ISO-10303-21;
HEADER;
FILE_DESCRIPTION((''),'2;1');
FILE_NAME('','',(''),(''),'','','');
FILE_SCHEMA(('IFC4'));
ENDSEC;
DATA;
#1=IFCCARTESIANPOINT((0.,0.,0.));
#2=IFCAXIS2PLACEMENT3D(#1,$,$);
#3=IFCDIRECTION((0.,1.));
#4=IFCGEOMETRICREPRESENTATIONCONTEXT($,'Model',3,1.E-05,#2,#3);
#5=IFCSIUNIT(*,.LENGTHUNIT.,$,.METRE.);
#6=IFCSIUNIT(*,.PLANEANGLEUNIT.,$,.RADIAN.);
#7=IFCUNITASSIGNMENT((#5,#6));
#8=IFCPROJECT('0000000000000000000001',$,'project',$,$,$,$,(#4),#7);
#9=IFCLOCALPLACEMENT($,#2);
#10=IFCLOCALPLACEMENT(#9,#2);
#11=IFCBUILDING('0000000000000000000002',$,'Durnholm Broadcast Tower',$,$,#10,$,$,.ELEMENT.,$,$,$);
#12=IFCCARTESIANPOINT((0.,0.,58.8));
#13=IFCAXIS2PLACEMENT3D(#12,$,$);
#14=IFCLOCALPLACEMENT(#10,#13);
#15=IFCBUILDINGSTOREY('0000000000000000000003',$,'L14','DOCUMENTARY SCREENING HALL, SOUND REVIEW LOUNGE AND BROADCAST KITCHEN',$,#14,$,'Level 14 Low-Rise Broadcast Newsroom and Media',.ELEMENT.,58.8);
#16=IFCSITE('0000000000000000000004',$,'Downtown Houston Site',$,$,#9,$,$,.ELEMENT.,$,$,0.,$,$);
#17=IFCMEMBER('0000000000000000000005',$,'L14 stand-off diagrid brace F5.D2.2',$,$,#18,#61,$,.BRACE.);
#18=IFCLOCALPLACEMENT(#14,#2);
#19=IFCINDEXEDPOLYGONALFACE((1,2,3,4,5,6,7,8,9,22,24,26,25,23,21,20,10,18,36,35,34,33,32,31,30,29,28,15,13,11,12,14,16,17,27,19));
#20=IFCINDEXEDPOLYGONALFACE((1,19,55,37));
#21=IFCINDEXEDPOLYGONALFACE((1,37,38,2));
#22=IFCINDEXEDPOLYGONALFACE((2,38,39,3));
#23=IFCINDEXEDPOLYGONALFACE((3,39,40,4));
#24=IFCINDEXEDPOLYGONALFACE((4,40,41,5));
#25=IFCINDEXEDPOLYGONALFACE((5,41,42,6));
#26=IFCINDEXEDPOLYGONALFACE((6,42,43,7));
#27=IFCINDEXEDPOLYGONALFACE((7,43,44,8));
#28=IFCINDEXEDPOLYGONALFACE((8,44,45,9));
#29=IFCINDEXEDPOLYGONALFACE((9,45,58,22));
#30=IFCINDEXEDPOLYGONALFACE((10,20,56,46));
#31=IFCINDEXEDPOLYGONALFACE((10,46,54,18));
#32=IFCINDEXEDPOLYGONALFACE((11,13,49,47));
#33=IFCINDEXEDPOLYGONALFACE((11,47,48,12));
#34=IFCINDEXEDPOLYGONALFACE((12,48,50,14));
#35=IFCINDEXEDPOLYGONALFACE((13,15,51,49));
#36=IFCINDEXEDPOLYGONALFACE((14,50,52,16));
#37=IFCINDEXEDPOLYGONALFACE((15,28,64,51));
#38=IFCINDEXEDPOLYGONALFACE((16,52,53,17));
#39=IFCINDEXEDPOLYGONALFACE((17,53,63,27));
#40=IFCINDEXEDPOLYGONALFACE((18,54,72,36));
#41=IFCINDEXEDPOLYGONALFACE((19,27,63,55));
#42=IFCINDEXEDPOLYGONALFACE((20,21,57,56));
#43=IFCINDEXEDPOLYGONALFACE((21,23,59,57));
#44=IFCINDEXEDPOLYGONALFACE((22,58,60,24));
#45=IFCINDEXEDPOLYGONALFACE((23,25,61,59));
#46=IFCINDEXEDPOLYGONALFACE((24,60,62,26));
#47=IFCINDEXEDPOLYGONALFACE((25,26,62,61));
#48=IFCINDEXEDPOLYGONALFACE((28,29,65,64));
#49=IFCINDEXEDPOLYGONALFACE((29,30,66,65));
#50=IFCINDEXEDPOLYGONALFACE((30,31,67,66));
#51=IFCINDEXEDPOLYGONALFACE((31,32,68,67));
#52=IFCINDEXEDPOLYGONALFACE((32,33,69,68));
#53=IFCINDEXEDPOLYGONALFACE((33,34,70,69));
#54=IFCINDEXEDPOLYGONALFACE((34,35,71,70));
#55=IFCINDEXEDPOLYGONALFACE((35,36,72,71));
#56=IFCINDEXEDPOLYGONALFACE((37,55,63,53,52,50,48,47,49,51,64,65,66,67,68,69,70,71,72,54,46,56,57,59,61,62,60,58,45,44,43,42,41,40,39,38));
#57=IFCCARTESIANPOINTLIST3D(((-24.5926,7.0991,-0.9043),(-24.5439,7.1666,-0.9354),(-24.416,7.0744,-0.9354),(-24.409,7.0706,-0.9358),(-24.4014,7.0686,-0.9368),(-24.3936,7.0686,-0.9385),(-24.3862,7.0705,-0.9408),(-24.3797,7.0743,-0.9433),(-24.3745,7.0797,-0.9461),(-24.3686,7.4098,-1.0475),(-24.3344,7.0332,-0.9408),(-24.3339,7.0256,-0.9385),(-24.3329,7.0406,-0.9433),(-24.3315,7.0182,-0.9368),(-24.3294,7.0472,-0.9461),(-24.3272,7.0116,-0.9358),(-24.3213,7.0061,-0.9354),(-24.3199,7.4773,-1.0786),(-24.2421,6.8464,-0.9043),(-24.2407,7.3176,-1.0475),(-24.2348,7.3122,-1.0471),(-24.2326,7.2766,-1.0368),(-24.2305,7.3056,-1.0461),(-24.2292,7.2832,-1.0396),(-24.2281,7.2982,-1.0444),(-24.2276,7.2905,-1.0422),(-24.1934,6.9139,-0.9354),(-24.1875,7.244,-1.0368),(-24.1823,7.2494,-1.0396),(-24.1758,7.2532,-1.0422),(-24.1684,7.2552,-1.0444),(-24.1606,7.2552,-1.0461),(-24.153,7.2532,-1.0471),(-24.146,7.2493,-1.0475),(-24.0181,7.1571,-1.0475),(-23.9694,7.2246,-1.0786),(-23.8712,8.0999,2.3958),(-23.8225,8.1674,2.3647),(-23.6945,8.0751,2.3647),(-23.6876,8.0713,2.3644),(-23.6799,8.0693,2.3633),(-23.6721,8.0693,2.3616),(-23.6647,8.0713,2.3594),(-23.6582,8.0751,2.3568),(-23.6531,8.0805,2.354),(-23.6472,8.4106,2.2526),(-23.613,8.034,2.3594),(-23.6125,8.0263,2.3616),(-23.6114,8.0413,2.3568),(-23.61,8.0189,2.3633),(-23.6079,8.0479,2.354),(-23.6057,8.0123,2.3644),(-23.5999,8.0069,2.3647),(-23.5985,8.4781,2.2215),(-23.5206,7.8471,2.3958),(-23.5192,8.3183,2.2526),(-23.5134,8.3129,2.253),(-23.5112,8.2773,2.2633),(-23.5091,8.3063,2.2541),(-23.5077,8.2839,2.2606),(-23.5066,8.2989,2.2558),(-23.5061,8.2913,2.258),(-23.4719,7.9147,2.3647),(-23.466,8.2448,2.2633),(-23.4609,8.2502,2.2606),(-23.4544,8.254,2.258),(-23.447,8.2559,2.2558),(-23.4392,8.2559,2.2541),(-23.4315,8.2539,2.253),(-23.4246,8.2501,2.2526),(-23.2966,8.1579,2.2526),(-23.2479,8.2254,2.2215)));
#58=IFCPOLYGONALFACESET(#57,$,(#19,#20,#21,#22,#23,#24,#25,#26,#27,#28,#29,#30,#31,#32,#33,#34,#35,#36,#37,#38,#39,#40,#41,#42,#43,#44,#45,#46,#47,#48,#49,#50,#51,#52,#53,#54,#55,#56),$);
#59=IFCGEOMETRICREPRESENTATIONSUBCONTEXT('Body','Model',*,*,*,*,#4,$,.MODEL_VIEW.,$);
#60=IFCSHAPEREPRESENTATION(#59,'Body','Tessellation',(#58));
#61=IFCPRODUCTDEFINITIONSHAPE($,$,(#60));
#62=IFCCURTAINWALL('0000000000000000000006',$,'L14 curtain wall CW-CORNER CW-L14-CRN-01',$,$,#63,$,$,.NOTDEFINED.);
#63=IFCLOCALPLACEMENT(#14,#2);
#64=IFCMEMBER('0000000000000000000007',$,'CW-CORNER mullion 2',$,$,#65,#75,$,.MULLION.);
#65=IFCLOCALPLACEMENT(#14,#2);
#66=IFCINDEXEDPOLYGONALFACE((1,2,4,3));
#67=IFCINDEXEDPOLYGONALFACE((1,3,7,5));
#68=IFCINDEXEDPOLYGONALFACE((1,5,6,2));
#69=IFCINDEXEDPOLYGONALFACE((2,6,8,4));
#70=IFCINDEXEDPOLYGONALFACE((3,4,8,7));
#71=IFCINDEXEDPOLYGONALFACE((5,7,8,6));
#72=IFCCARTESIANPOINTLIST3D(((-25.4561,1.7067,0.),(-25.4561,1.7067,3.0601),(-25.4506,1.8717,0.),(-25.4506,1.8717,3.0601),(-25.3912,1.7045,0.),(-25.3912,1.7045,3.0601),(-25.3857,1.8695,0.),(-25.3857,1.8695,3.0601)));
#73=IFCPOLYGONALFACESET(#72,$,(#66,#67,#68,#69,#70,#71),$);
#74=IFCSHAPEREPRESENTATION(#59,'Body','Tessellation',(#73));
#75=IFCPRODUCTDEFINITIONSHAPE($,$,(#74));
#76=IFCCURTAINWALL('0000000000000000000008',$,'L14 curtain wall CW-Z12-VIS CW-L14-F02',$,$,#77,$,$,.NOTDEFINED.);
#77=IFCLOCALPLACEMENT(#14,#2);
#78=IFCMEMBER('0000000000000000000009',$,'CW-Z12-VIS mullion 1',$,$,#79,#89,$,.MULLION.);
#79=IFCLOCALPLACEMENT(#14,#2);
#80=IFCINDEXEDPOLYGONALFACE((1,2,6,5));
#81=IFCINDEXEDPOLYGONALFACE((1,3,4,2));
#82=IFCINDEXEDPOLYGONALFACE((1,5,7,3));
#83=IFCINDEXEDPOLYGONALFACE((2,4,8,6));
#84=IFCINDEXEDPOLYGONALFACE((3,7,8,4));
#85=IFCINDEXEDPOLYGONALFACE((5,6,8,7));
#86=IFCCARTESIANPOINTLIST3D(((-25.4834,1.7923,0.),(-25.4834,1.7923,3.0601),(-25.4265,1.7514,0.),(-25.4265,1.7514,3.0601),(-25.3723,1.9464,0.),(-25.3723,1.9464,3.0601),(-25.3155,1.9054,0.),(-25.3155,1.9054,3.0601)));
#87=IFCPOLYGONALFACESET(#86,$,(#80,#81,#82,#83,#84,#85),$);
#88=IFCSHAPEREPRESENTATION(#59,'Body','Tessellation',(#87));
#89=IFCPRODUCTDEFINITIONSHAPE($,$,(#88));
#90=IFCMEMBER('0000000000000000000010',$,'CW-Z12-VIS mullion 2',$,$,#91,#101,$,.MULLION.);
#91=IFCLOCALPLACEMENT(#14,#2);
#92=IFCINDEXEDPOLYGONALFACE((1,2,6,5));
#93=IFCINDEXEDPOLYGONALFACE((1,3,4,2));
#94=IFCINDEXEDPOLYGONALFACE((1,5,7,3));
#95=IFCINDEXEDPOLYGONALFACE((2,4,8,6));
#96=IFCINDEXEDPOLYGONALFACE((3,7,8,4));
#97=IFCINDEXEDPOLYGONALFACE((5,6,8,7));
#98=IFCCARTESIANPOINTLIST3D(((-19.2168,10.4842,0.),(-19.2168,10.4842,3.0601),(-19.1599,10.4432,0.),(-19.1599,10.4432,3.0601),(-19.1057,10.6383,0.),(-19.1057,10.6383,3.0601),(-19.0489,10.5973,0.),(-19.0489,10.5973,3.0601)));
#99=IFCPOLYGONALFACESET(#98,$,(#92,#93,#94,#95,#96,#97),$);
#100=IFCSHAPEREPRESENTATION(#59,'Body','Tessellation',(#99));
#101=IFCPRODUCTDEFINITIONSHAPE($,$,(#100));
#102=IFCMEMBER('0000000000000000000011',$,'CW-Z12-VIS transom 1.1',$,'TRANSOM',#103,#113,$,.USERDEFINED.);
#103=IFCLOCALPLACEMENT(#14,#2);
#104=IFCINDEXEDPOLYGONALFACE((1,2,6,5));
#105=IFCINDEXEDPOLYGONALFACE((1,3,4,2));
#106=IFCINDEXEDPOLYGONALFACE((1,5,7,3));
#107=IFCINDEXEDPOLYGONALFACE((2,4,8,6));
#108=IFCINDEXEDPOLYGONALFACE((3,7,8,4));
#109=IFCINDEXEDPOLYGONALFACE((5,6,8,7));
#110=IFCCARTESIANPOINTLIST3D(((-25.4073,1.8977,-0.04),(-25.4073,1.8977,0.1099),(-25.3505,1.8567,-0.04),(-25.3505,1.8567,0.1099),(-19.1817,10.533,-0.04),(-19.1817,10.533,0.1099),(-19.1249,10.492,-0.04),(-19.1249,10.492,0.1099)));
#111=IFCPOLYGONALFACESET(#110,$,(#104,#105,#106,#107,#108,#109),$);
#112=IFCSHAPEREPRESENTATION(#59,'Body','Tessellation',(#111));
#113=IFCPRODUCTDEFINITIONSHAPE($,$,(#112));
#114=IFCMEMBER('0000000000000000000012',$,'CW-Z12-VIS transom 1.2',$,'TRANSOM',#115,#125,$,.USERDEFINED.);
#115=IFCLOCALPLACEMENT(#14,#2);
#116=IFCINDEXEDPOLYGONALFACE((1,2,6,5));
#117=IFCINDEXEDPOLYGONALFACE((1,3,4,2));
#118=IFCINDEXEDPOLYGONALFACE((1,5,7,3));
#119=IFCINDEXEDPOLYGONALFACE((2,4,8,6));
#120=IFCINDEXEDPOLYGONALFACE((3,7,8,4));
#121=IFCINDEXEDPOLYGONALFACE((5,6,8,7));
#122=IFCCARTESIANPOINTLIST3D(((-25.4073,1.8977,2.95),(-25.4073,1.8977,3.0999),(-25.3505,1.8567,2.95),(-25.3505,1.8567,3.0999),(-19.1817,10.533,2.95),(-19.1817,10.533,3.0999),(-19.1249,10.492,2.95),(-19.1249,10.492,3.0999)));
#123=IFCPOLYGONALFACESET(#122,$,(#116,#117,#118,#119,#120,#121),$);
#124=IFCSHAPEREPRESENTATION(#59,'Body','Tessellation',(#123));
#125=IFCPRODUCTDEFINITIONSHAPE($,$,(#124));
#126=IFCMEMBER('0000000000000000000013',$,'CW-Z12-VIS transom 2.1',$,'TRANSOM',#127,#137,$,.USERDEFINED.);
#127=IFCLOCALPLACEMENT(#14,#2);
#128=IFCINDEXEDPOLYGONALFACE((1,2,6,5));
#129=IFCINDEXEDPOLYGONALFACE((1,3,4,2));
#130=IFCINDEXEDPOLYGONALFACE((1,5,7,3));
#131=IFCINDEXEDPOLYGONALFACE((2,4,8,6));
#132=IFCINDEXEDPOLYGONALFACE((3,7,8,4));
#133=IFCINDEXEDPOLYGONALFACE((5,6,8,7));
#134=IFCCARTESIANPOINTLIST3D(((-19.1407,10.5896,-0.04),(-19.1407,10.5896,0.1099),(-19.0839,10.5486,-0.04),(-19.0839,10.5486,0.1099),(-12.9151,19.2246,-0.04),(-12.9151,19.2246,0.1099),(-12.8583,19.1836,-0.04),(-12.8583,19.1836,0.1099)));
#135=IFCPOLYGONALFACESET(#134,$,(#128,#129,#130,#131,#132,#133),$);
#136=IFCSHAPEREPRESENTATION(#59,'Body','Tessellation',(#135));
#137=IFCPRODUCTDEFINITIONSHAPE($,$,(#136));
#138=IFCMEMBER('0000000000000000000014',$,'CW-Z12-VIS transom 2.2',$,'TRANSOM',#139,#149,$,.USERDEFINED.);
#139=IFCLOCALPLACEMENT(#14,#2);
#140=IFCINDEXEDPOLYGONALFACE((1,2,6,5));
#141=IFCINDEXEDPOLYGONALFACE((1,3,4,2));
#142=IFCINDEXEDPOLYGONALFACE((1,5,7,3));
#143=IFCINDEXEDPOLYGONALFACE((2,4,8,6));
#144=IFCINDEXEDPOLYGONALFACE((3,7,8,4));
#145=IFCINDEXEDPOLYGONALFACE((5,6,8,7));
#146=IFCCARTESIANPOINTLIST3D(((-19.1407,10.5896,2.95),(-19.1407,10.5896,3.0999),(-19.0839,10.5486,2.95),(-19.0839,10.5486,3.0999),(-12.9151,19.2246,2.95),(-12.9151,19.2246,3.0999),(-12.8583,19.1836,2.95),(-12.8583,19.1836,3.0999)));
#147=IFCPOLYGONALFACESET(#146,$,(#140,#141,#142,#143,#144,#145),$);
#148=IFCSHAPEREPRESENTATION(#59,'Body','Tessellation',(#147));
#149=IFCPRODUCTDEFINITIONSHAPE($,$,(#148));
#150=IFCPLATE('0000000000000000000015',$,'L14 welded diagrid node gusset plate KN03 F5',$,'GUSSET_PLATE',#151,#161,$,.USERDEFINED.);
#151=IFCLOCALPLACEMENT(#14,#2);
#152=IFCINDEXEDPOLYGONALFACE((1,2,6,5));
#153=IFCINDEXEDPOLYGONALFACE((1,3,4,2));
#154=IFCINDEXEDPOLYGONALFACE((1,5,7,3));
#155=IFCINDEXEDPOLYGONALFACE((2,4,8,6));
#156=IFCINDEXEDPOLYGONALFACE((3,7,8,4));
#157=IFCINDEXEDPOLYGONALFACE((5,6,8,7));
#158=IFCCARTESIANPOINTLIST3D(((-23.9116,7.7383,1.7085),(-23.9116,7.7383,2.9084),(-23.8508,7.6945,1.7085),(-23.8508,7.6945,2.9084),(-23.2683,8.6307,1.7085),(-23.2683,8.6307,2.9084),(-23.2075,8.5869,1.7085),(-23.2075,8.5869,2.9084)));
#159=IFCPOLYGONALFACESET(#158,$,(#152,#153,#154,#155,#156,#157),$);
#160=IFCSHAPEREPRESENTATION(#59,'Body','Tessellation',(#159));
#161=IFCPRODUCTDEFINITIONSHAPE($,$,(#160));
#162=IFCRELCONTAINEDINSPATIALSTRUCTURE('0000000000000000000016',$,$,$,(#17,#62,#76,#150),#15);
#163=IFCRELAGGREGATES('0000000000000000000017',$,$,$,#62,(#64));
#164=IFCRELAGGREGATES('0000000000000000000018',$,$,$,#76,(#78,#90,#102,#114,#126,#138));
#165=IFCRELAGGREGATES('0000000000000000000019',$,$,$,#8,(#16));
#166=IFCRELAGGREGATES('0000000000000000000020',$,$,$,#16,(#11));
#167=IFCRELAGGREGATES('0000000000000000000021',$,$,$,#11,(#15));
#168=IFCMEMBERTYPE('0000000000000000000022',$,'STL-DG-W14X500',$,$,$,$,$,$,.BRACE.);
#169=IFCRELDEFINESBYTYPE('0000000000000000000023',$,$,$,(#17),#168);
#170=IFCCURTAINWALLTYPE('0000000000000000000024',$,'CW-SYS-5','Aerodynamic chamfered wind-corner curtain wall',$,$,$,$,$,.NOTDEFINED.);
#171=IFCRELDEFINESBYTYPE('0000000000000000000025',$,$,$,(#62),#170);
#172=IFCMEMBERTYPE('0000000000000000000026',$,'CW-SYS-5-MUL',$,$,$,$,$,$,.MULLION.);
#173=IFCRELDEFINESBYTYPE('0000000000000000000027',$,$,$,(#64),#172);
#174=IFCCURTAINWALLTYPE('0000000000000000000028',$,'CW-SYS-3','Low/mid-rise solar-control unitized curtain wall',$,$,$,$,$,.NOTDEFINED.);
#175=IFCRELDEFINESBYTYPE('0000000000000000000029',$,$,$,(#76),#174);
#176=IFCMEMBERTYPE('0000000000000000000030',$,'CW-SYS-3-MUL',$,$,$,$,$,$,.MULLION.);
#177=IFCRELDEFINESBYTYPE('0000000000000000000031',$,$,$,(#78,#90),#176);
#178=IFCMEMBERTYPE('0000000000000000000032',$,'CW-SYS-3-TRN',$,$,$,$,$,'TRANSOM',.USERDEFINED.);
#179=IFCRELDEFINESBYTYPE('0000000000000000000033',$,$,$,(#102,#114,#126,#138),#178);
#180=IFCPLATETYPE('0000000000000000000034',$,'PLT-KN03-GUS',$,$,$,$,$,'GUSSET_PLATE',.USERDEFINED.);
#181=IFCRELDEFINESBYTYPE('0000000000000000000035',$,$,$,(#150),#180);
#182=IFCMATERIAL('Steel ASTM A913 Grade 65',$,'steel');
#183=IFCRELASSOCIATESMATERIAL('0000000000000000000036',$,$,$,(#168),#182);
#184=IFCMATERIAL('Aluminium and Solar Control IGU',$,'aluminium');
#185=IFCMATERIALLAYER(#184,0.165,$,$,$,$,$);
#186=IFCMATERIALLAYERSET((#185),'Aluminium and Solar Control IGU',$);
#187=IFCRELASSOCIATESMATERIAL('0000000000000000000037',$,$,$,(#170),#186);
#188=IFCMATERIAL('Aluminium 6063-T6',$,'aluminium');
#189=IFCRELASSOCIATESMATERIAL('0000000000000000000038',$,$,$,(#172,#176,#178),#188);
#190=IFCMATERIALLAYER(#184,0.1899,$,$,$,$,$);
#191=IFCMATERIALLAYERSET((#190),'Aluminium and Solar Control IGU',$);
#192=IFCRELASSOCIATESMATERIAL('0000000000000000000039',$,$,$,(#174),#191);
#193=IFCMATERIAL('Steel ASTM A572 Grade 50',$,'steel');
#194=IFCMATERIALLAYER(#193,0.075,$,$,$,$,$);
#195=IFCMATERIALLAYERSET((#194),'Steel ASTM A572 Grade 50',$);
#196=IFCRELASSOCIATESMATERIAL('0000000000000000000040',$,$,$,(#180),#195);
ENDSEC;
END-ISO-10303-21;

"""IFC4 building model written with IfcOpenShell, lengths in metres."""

from ifc_helpers import new_model, si_unit, direction, frame, origin, origin_2d, place, context, subcontext, project, spatial, rectangle, i_section, extrude, source, transform, mapped, material, layer, layer_set, material_profile, profile_set, type_object, type_shapes, element, aggregate, save


model = new_model("IFC4")

# Units and contexts
model_context = context("Model", 3, precision=1e-05, world=origin(), true_north=direction((0.0, 1.0)))
body_context = subcontext(model_context, "Body", "Model", "MODEL_VIEW")
ifc_project = project(units=[si_unit("LENGTHUNIT", "METRE"), si_unit("PLANEANGLEUNIT", "RADIAN")], contexts=[model_context])

# Site, building, storey
site_placement = place(None, origin())
site = spatial("IfcSite", under=ifc_project, at=site_placement, Name="Downtown Houston Site", CompositionType="ELEMENT", RefElevation=0.0)
building_placement = place(site_placement, origin())
building = spatial("IfcBuilding", under=site, at=building_placement, Name="Durnholm Broadcast Tower", CompositionType="ELEMENT")
storey_placement = place(building_placement, frame((0.0, 0.0, 58.8)))
storey = spatial("IfcBuildingStorey", under=building, at=storey_placement, Name="L14", Description="DOCUMENTARY SCREENING HALL, SOUND REVIEW LOUNGE AND BROADCAST KITCHEN", LongName="Level 14 Low-Rise Broadcast Newsroom and Media", CompositionType="ELEMENT", Elevation=58.8)

# Member
ifc_material_1 = material(Name="Steel ASTM A913 Grade 65", Category="steel")
ifc_material_profile_1 = material_profile(ifc_material_1, i_section(OverallWidth=0.4321, OverallDepth=0.4978, WebThickness=0.0557, FlangeThickness=0.0889, FilletRadius=0.0305, at=origin_2d()), Name="W14X500")
ifc_profile_set_1 = profile_set([ifc_material_profile_1], Name="Steel ASTM A913 Grade 65")
member_type_1 = type_object("IfcMemberType", Name="STL-DG-W14X500", PredefinedType="BRACE", material=ifc_profile_set_1)
shared_shape_1 = source(origin(), body_context, "Body", "SweptSolid", [
    extrude(i_section(OverallWidth=0.4321, OverallDepth=0.4978, WebThickness=0.0557, FlangeThickness=0.0889, FilletRadius=0.0305, at=origin_2d()), origin(), (0.0, 0.0, 1.0), 3.5232),
])
type_shapes(member_type_1, [shared_shape_1])
for number, where, z_axis, x_axis, name in (
    (1, (-24.281, 7.1619, -0.9915), (0.204773, 0.284049, 0.936688), (-0.811185, 0.584789, 0.0), "L14 stand-off diagrid brace F5.D2.2"),
):
    element("IfcMember", number, at=place(storey_placement, frame(where, z_axis=z_axis, x_axis=x_axis)), inside=storey, type_object=member_type_1, Name=name, PredefinedType="BRACE", context=body_context, shape_type="MappedRepresentation", body=[
        mapped(shared_shape_1, transform((0.0, 0.0, 0.0), x_axis=(1.0, 0.0, 0.0), y_axis=(0.0, 1.0, 0.0), z_axis=(0.0, 0.0, 1.0), scale=1.0)),
    ])

# Curtain wall, member
ifc_material_2 = material(Name="Aluminium and Solar Control IGU", Category="aluminium")
ifc_layer_1 = layer(ifc_material_2, 0.165)
ifc_layer_set_1 = layer_set([ifc_layer_1], Name="Aluminium and Solar Control IGU")
curtain_wall_type_1 = type_object("IfcCurtainWallType", Name="CW-SYS-5", Description="Aerodynamic chamfered wind-corner curtain wall", PredefinedType="NOTDEFINED", material=ifc_layer_set_1)
curtain_wall_1_placement = place(storey_placement, origin())
curtain_wall_1 = element("IfcCurtainWall", 2, at=curtain_wall_1_placement, inside=storey, type_object=curtain_wall_type_1, Name="L14 curtain wall CW-CORNER CW-L14-CRN-01", PredefinedType="NOTDEFINED")
ifc_material_3 = material(Name="Aluminium 6063-T6", Category="aluminium")
ifc_material_profile_2 = material_profile(ifc_material_3, rectangle(XDim=0.0649, YDim=0.165, at=origin_2d()), Name="CWM65X165")
ifc_profile_set_2 = profile_set([ifc_material_profile_2], Name="Aluminium 6063-T6")
member_type_2 = type_object("IfcMemberType", Name="CW-SYS-5-MUL", PredefinedType="MULLION", material=ifc_profile_set_2)
shared_shape_2 = source(origin(), body_context, "Body", "SweptSolid", [
    extrude(rectangle(XDim=0.0649, YDim=0.165, at=origin_2d()), origin(), (0.0, 0.0, 1.0), 3.0601),
])
type_shapes(member_type_2, [shared_shape_2])
member_1_placement = place(storey_placement, frame((-25.4209, 1.7881, 0.0), z_axis=(0.0, 0.0, 1.0), x_axis=(-0.999427, 0.03384, 0.0)))
member_1 = element("IfcMember", 3, at=member_1_placement, type_object=member_type_2, Name="CW-CORNER mullion 2", PredefinedType="MULLION", context=body_context, shape_type="MappedRepresentation", body=[
    mapped(shared_shape_2, transform((0.0, 0.0, 0.0), x_axis=(1.0, 0.0, 0.0), y_axis=(0.0, 1.0, 0.0), z_axis=(0.0, 0.0, 1.0), scale=1.0)),
])

# Curtain wall, members
ifc_layer_2 = layer(ifc_material_2, 0.1899)
ifc_layer_set_2 = layer_set([ifc_layer_2], Name="Aluminium and Solar Control IGU")
curtain_wall_type_2 = type_object("IfcCurtainWallType", Name="CW-SYS-3", Description="Low/mid-rise solar-control unitized curtain wall", PredefinedType="NOTDEFINED", material=ifc_layer_set_2)
curtain_wall_2_placement = place(storey_placement, origin())
curtain_wall_2 = element("IfcCurtainWall", 4, at=curtain_wall_2_placement, inside=storey, type_object=curtain_wall_type_2, Name="L14 curtain wall CW-Z12-VIS CW-L14-F02", PredefinedType="NOTDEFINED")
ifc_material_profile_3 = material_profile(ifc_material_3, rectangle(XDim=0.0701, YDim=0.1899, at=origin_2d()), Name="CWM70X190")
ifc_profile_set_3 = profile_set([ifc_material_profile_3], Name="Aluminium 6063-T6")
member_type_3 = type_object("IfcMemberType", Name="CW-SYS-3-MUL", PredefinedType="MULLION", material=ifc_profile_set_3)
shared_shape_3 = source(origin(), body_context, "Body", "SweptSolid", [
    extrude(rectangle(XDim=0.0701, YDim=0.1899, at=origin_2d()), origin(), (0.0, 0.0, 1.0), 3.0601),
])
type_shapes(member_type_3, [shared_shape_3])
member_2_placement = place(storey_placement, frame((-25.3994, 1.8489, 0.0), z_axis=(0.0, 0.0, 1.0), x_axis=(-0.811161, 0.584823, 0.0)))
member_2 = element("IfcMember", 5, at=member_2_placement, type_object=member_type_3, Name="CW-Z12-VIS mullion 1", PredefinedType="MULLION", context=body_context, shape_type="MappedRepresentation", body=[
    mapped(shared_shape_3, transform((0.0, 0.0, 0.0), x_axis=(1.0, 0.0, 0.0), y_axis=(0.0, 1.0, 0.0), z_axis=(0.0, 0.0, 1.0), scale=1.0)),
])
member_3_placement = place(storey_placement, frame((-19.1328, 10.5408, 0.0), z_axis=(0.0, 0.0, 1.0), x_axis=(-0.811161, 0.584823, 0.0)))
member_3 = element("IfcMember", 6, at=member_3_placement, type_object=member_type_3, Name="CW-Z12-VIS mullion 2", PredefinedType="MULLION", context=body_context, shape_type="MappedRepresentation", body=[
    mapped(shared_shape_3, transform((0.0, 0.0, 0.0), x_axis=(1.0, 0.0, 0.0), y_axis=(0.0, 1.0, 0.0), z_axis=(0.0, 0.0, 1.0), scale=1.0)),
])
ifc_material_profile_4 = material_profile(ifc_material_3, rectangle(XDim=0.0701, YDim=0.1499, at=origin_2d()), Name="CWT70X150")
ifc_profile_set_4 = profile_set([ifc_material_profile_4], Name="Aluminium 6063-T6")
member_type_4 = type_object("IfcMemberType", Name="CW-SYS-3-TRN", ElementType="TRANSOM", PredefinedType="USERDEFINED", material=ifc_profile_set_4)
shared_shape_4 = source(origin(), body_context, "Body", "SweptSolid", [
    extrude(rectangle(XDim=0.0701, YDim=0.1499, at=origin_2d()), origin(), (0.0, 0.0, 1.0), 10.6455),
])
member_4_placement = place(storey_placement, frame((-25.3789, 1.8772, 0.0349), z_axis=(0.584812, 0.811169, 0.0), x_axis=(-0.811169, 0.584812, 0.0)))
member_4 = element("IfcMember", 7, at=member_4_placement, type_object=member_type_4, Name="CW-Z12-VIS transom 1.1", ObjectType="TRANSOM", PredefinedType="USERDEFINED", context=body_context, shape_type="MappedRepresentation", body=[
    mapped(shared_shape_4, transform((0.0, 0.0, 0.0), x_axis=(1.0, 0.0, 0.0), y_axis=(0.0, 1.0, 0.0), z_axis=(0.0, 0.0, 1.0), scale=1.0)),
])
member_5_placement = place(storey_placement, frame((-25.3789, 1.8772, 3.0249), z_axis=(0.584812, 0.811169, 0.0), x_axis=(-0.811169, 0.584812, 0.0)))
member_5 = element("IfcMember", 8, at=member_5_placement, type_object=member_type_4, Name="CW-Z12-VIS transom 1.2", ObjectType="TRANSOM", PredefinedType="USERDEFINED", context=body_context, shape_type="MappedRepresentation", body=[
    mapped(shared_shape_4, transform((0.0, 0.0, 0.0), x_axis=(1.0, 0.0, 0.0), y_axis=(0.0, 1.0, 0.0), z_axis=(0.0, 0.0, 1.0), scale=1.0)),
])
shared_shape_5 = source(origin(), body_context, "Body", "SweptSolid", [
    extrude(rectangle(XDim=0.0701, YDim=0.1499, at=origin_2d()), origin(), (0.0, 0.0, 1.0), 10.6453),
])
type_shapes(member_type_4, [shared_shape_4, shared_shape_5])
member_6_placement = place(storey_placement, frame((-19.1123, 10.5691, 0.0349), z_axis=(0.584823, 0.811161, 0.0), x_axis=(-0.811161, 0.584823, 0.0)))
member_6 = element("IfcMember", 9, at=member_6_placement, type_object=member_type_4, Name="CW-Z12-VIS transom 2.1", ObjectType="TRANSOM", PredefinedType="USERDEFINED", context=body_context, shape_type="MappedRepresentation", body=[
    mapped(shared_shape_5, transform((0.0, 0.0, 0.0), x_axis=(1.0, 0.0, 0.0), y_axis=(0.0, 1.0, 0.0), z_axis=(0.0, 0.0, 1.0), scale=1.0)),
])
member_7_placement = place(storey_placement, frame((-19.1123, 10.5691, 3.0249), z_axis=(0.584823, 0.811161, 0.0), x_axis=(-0.811161, 0.584823, 0.0)))
member_7 = element("IfcMember", 10, at=member_7_placement, type_object=member_type_4, Name="CW-Z12-VIS transom 2.2", ObjectType="TRANSOM", PredefinedType="USERDEFINED", context=body_context, shape_type="MappedRepresentation", body=[
    mapped(shared_shape_5, transform((0.0, 0.0, 0.0), x_axis=(1.0, 0.0, 0.0), y_axis=(0.0, 1.0, 0.0), z_axis=(0.0, 0.0, 1.0), scale=1.0)),
])

# Plate
ifc_material_4 = material(Name="Steel ASTM A572 Grade 50", Category="steel")
ifc_layer_3 = layer(ifc_material_4, 0.075)
ifc_layer_set_3 = layer_set([ifc_layer_3], Name="Steel ASTM A572 Grade 50")
plate_type_1 = type_object("IfcPlateType", Name="PLT-KN03-GUS", ElementType="GUSSET_PLATE", PredefinedType="USERDEFINED", material=ifc_layer_set_3)
shared_shape_6 = source(origin(), body_context, "Body", "SweptSolid", [
    extrude(rectangle(XDim=1.1001, YDim=0.075, at=origin_2d()), origin(), (0.0, 0.0, 1.0), 1.2),
])
type_shapes(plate_type_1, [shared_shape_6])
plate_1_placement = place(storey_placement, frame((-23.5596, 8.1626, 1.7085), z_axis=(0.0, 0.0, 1.0), x_axis=(-0.584816, -0.811166, 0.0)))
element("IfcPlate", 11, at=plate_1_placement, inside=storey, type_object=plate_type_1, Name="L14 welded diagrid node gusset plate KN03 F5", ObjectType="GUSSET_PLATE", PredefinedType="USERDEFINED", context=body_context, shape_type="MappedRepresentation", body=[
    mapped(shared_shape_6, transform((0.0, 0.0, 0.0), x_axis=(1.0, 0.0, 0.0), y_axis=(0.0, 1.0, 0.0), z_axis=(0.0, 0.0, 1.0), scale=1.0)),
])
aggregate(curtain_wall_1, [member_1])
aggregate(curtain_wall_2, [member_2, member_3, member_4, member_5, member_6, member_7])

save(model, "model.ifc")
